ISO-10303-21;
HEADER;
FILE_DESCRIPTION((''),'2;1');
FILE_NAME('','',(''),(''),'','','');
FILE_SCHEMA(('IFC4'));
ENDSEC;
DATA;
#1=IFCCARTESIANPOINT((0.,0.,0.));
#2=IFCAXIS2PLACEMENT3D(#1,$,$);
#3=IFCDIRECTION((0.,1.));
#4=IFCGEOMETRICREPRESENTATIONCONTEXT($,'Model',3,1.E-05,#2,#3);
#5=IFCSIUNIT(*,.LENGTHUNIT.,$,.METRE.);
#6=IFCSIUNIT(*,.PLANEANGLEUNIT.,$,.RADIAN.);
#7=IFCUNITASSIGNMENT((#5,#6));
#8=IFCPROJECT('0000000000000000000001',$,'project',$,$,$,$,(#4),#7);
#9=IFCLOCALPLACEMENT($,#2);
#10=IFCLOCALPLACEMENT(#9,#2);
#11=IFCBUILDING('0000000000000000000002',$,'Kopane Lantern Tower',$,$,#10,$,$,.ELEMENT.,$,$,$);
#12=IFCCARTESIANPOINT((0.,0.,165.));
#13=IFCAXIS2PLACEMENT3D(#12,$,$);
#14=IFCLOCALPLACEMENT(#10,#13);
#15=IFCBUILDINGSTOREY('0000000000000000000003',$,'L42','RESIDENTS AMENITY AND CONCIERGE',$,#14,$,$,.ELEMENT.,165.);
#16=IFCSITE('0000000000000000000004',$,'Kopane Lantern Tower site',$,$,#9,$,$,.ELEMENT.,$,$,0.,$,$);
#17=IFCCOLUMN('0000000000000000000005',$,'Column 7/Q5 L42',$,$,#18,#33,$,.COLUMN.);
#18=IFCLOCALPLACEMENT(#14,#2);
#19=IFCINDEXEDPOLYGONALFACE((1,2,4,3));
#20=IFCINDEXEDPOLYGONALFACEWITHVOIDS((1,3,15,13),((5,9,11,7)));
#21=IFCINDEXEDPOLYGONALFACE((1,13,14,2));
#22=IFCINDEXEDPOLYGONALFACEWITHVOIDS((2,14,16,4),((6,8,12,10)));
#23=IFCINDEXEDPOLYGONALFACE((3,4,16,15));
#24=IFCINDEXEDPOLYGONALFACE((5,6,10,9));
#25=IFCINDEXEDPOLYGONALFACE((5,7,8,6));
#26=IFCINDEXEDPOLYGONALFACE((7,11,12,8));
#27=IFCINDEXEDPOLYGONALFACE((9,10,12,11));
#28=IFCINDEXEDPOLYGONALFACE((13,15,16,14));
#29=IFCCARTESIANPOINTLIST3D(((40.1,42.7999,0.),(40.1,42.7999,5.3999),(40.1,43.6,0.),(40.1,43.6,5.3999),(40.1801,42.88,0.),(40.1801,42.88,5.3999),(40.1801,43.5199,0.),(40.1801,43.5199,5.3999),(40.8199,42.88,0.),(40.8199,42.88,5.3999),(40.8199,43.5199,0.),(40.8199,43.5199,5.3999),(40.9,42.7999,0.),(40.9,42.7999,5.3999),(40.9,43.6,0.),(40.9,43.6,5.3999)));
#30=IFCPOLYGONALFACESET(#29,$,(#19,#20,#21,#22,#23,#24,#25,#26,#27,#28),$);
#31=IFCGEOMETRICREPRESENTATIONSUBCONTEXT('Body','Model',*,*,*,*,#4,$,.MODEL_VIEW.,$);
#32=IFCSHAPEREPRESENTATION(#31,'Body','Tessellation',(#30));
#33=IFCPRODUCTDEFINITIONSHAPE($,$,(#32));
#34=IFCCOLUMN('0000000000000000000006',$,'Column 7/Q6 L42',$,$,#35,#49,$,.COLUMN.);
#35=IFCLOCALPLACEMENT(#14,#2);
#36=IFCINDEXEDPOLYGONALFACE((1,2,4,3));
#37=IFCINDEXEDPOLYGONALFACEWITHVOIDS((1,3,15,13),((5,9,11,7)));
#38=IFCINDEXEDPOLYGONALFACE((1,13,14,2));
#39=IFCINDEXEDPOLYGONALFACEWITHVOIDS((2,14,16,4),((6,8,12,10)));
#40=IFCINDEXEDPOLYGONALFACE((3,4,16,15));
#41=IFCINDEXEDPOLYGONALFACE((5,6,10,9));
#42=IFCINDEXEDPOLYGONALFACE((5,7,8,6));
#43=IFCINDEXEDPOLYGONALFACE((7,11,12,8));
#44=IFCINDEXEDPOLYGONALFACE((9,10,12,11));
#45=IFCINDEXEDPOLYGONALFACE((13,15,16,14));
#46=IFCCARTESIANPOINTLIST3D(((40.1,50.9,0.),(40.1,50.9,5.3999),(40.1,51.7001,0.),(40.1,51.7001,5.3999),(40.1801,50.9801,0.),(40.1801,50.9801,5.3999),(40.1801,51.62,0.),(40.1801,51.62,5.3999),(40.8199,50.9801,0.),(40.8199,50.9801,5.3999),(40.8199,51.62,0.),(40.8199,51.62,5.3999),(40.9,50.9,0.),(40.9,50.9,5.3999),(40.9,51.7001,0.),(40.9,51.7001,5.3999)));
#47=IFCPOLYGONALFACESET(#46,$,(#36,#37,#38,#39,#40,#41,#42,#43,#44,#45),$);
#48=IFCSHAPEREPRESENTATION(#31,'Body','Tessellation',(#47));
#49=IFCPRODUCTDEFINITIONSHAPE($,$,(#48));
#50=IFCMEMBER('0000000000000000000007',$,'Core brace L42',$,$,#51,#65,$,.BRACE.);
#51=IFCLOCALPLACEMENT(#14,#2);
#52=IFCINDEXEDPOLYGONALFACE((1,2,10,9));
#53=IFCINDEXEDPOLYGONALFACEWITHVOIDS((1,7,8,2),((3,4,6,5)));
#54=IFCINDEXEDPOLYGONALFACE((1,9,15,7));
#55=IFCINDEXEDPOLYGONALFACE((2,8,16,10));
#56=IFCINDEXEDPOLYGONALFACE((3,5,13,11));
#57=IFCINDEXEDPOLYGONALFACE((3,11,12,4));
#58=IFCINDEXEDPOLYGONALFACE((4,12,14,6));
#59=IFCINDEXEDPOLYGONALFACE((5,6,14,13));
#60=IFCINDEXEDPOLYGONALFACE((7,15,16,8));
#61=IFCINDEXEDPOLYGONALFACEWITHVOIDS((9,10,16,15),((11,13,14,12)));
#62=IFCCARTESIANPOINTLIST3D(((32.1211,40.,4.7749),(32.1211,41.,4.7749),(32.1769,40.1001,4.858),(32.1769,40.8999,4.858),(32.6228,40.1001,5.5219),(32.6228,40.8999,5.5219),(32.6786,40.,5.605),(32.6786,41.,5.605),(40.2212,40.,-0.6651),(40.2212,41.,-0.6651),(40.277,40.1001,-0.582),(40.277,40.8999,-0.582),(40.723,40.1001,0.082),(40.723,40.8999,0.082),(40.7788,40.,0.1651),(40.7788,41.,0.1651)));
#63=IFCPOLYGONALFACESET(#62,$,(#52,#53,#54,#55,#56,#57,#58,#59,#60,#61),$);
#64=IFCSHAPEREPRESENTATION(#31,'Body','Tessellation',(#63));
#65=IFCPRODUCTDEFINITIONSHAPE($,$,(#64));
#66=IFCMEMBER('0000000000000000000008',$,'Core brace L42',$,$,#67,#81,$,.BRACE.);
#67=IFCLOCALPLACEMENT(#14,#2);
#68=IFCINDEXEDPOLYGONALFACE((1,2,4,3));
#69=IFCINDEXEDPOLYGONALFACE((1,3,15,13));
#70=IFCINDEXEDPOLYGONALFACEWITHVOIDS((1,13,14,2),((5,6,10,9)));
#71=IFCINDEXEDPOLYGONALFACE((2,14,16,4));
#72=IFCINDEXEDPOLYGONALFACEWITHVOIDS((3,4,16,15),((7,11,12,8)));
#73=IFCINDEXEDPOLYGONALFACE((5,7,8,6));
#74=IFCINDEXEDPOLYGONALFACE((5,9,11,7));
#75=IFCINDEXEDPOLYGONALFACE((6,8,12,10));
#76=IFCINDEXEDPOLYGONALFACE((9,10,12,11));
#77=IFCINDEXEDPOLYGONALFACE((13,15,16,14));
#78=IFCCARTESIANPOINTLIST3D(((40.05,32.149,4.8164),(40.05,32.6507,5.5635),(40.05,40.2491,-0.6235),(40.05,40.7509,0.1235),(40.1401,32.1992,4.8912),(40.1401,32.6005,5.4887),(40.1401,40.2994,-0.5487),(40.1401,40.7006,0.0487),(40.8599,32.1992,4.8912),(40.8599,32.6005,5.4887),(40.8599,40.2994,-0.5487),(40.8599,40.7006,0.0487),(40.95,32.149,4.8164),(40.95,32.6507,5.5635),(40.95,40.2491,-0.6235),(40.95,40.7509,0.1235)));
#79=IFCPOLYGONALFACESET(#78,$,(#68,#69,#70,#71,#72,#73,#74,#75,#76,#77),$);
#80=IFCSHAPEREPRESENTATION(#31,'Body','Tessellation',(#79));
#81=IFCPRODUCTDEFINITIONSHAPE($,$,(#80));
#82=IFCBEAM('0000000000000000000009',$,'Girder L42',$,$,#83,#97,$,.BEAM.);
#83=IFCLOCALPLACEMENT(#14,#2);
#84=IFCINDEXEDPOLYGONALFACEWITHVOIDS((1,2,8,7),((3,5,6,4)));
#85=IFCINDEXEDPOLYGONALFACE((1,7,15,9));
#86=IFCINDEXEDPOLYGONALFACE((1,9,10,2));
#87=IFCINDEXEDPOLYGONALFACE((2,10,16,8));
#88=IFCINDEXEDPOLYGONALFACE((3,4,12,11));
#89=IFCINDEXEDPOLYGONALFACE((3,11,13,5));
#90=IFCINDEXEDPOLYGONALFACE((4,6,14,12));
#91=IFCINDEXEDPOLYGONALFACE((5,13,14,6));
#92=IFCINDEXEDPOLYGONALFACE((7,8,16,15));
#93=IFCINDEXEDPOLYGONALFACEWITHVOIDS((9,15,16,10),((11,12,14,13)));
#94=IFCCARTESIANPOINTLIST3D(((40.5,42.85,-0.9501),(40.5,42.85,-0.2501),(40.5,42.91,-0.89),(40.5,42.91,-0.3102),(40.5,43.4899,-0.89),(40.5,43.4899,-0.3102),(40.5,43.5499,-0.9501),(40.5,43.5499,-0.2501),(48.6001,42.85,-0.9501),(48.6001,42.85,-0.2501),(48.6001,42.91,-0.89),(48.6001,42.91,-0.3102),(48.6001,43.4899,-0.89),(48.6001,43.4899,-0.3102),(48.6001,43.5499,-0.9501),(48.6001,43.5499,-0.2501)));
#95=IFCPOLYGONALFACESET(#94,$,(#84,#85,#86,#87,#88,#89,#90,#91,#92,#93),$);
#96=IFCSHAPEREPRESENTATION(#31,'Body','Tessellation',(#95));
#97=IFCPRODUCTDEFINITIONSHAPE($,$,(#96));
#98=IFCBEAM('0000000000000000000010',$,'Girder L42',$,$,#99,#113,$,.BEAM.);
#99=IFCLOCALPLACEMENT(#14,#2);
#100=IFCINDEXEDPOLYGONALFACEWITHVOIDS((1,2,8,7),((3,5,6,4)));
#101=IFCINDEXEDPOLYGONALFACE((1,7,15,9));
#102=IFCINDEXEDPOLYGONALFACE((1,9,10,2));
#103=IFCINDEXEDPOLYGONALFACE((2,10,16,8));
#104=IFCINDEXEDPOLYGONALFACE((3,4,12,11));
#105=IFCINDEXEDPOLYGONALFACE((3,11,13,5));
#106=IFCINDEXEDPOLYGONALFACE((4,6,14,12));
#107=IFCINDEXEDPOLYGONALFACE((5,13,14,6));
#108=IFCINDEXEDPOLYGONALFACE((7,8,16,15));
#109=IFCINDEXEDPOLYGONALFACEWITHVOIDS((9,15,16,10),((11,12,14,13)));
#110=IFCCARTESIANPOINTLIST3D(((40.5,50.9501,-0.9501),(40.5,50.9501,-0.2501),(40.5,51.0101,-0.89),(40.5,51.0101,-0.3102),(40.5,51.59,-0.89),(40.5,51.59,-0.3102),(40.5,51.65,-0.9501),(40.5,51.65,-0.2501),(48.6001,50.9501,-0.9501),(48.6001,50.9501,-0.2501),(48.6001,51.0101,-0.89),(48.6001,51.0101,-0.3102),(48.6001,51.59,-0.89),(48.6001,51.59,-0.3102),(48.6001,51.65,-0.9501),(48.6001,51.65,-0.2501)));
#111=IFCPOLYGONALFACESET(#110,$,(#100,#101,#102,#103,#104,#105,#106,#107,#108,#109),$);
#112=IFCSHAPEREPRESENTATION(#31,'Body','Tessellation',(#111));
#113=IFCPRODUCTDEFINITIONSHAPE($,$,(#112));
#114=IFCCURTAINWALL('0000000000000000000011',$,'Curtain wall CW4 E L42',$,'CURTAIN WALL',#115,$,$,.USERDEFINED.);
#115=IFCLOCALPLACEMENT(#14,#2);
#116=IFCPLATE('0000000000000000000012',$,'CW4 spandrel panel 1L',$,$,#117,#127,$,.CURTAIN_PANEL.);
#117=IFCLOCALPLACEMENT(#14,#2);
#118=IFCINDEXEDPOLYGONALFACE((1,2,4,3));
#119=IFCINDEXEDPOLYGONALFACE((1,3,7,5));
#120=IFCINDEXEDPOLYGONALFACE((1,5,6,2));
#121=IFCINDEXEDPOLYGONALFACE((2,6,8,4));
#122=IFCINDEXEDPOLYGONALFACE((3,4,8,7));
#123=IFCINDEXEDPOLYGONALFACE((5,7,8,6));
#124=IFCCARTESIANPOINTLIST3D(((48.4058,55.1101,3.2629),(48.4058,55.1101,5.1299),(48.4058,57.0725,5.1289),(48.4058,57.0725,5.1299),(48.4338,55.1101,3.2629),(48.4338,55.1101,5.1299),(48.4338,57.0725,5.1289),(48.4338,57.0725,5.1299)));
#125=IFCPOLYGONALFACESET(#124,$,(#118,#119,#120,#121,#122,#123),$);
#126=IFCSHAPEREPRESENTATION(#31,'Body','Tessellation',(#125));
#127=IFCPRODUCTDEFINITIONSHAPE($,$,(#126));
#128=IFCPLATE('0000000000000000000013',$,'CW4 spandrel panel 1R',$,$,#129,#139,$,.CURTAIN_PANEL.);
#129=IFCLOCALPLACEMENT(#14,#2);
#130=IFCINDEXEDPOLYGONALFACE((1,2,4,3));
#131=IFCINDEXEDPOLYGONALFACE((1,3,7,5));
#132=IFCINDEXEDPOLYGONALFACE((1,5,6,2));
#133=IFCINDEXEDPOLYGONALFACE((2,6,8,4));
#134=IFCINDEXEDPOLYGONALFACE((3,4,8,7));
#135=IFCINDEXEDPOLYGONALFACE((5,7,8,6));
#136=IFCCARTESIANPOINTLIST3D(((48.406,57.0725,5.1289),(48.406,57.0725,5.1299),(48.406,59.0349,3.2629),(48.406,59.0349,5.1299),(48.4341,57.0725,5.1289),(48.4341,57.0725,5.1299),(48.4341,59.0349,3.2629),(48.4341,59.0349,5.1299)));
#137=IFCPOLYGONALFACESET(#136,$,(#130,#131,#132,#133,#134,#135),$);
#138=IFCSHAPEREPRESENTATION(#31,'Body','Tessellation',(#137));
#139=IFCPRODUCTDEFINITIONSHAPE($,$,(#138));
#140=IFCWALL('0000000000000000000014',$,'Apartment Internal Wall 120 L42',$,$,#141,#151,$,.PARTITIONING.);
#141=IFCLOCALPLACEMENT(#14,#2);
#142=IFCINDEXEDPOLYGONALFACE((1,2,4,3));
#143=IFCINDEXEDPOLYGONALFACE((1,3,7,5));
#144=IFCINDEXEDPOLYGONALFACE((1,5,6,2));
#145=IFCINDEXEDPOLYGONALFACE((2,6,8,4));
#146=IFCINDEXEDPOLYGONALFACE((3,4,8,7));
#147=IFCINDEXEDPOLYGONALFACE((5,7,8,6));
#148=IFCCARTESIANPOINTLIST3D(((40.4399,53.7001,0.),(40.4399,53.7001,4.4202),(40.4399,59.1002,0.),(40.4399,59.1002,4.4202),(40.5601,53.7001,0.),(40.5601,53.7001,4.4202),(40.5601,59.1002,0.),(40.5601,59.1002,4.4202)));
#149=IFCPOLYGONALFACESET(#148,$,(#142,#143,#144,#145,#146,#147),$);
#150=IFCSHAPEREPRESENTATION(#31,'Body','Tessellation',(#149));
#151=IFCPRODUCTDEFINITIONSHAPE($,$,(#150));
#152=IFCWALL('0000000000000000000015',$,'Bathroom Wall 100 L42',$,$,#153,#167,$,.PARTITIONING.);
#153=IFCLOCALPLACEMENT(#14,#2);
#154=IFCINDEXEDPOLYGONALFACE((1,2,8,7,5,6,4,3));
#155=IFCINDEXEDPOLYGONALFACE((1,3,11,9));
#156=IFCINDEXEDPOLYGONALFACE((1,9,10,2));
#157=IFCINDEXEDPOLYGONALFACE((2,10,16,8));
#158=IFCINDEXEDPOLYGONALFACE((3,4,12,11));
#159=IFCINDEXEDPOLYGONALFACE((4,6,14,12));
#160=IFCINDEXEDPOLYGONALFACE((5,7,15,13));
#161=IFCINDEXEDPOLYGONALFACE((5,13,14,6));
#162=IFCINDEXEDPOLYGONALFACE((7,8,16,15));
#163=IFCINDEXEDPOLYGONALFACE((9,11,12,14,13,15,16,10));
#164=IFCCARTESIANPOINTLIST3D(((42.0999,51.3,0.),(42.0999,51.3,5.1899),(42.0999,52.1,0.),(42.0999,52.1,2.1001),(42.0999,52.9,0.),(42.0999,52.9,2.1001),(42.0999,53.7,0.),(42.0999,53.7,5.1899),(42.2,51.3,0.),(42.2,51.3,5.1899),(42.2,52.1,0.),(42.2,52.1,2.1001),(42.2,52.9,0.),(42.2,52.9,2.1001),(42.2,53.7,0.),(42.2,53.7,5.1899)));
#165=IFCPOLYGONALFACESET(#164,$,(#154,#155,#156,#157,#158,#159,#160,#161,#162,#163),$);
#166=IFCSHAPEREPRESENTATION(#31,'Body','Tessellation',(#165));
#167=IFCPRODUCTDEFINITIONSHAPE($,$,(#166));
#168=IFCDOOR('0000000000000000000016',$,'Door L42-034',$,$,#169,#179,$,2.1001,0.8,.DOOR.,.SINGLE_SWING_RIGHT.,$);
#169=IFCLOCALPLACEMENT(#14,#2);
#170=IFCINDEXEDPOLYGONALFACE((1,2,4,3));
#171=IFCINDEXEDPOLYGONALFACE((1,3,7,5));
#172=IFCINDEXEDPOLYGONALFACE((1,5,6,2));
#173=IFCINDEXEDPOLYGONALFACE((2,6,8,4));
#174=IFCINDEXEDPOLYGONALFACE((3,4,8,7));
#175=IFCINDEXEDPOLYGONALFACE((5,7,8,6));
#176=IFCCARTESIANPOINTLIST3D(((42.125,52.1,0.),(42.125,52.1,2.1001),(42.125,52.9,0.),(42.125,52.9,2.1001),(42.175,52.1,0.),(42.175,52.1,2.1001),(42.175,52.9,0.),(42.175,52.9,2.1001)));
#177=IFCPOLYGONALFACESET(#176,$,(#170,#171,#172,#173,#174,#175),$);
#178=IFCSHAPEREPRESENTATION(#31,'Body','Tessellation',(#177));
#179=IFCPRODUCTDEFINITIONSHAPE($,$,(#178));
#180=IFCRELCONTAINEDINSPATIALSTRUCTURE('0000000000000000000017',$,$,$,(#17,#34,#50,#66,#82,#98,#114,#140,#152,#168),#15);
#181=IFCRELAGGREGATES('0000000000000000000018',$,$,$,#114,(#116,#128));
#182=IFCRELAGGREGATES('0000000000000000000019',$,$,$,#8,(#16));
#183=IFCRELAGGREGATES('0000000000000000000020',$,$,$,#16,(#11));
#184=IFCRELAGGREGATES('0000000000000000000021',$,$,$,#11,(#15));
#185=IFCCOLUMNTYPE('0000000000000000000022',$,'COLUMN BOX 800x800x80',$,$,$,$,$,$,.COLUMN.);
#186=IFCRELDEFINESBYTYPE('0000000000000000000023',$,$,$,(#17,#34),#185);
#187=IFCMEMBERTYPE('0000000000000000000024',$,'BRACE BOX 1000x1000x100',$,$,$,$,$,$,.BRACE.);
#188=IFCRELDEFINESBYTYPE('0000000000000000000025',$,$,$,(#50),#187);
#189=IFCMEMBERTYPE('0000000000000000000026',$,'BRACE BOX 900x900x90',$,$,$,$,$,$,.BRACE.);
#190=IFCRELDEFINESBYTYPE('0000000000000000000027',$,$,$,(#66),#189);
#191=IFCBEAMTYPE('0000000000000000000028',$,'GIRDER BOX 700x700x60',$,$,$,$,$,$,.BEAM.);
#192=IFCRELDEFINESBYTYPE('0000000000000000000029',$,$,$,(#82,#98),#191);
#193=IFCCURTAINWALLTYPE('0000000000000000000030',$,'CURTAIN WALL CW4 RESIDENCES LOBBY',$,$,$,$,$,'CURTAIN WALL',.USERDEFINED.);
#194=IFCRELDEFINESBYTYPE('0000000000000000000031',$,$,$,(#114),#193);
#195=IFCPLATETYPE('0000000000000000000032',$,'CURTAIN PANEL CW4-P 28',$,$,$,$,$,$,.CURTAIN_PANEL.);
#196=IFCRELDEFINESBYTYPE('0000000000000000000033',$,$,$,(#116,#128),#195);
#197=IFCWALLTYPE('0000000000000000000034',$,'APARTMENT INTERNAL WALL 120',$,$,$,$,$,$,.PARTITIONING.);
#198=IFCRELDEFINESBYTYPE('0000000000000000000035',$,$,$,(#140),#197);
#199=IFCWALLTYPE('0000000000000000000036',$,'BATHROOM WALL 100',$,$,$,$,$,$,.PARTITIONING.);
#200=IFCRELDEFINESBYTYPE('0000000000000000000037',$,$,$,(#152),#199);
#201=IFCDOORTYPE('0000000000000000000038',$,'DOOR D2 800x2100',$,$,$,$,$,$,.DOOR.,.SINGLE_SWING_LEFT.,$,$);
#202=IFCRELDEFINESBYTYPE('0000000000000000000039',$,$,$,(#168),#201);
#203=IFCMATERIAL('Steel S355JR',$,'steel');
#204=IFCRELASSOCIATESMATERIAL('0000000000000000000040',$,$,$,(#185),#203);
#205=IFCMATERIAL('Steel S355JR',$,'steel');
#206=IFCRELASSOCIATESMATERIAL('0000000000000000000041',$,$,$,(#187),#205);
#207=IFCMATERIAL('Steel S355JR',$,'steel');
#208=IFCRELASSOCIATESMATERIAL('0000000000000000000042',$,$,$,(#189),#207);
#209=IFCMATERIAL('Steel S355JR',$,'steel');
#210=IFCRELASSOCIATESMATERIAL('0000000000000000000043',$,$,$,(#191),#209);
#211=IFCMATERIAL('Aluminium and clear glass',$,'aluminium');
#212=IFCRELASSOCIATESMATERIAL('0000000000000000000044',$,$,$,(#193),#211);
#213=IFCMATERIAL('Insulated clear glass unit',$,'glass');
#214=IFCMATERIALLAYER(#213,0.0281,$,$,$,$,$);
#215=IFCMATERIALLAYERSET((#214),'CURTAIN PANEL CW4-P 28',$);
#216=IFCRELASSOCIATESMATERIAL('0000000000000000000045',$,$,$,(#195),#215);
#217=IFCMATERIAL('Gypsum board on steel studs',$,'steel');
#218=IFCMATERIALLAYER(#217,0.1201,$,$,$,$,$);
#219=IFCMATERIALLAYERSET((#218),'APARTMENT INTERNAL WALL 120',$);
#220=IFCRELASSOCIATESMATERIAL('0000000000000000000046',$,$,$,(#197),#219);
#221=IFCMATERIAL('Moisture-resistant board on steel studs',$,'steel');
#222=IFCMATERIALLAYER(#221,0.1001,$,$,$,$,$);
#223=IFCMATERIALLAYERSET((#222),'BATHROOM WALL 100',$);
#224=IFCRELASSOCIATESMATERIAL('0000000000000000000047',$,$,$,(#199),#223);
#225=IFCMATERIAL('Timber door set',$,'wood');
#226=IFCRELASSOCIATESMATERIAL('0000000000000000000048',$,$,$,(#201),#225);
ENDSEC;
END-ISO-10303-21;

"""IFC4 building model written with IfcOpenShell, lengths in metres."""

from ifc_helpers import new_model, si_unit, direction, frame, frame_2d, origin, origin_2d, place, context, subcontext, project, spatial, polyline, rectangle, hollow_rectangle, outline, extrude, material, layer, layer_set, material_profile, profile_set, type_object, element, fill, aggregate, save


model = new_model("IFC4")

# Units and contexts
model_context = context("Model", 3, precision=1e-05, world=origin(), true_north=direction((0.0, 1.0)))
body_context = subcontext(model_context, "Body", "Model", "MODEL_VIEW")
ifc_project = project(units=[si_unit("LENGTHUNIT", "METRE"), si_unit("PLANEANGLEUNIT", "RADIAN")], contexts=[model_context])

# Site, building, storey
site_placement = place(None, origin())
site = spatial("IfcSite", under=ifc_project, at=site_placement, Name="Kopane Lantern Tower site", CompositionType="ELEMENT", RefElevation=0.0)
building_placement = place(site_placement, origin())
building = spatial("IfcBuilding", under=site, at=building_placement, Name="Kopane Lantern Tower", CompositionType="ELEMENT")
storey_placement = place(building_placement, frame((0.0, 0.0, 165.0)))
storey = spatial("IfcBuildingStorey", under=building, at=storey_placement, Name="L42", Description="RESIDENTS AMENITY AND CONCIERGE", CompositionType="ELEMENT", Elevation=165.0)

# Columns
ifc_material_1 = material(Name="Steel S355JR", Category="steel")
ifc_material_profile_1 = material_profile(ifc_material_1, hollow_rectangle(XDim=0.8, YDim=0.8, WallThickness=0.0801, at=origin_2d()), Name="BOX 800x800x80")
ifc_profile_set_1 = profile_set([ifc_material_profile_1], Name="Steel S355JR")
column_type = type_object("IfcColumnType", Name="COLUMN BOX 800x800x80", PredefinedType="COLUMN", material=ifc_profile_set_1)
for number, where, z_axis, x_axis, name in (
    (1, (40.5, 43.2, 0.0), (0.0, 0.0, 1.0), (1.0, 0.0, 0.0), "Column 7/Q5 L42"),
    (2, (40.5, 51.3, 0.0), (0.0, 0.0, 1.0), (1.0, 0.0, 0.0), "Column 7/Q6 L42"),
):
    element("IfcColumn", number, at=place(storey_placement, frame(where, z_axis=z_axis, x_axis=x_axis)), inside=storey, type_object=column_type, Name=name, PredefinedType="COLUMN", context=body_context, shape_type="SweptSolid", body=[
        extrude(hollow_rectangle(XDim=0.8, YDim=0.8, WallThickness=0.0801, at=origin_2d()), origin(), (0.0, 0.0, 1.0), 5.3999),
    ])

# Members
ifc_material_2 = material(Name="Steel S355JR", Category="steel")
ifc_material_profile_2 = material_profile(ifc_material_2, hollow_rectangle(XDim=1.0, YDim=1.0, WallThickness=0.1001, at=origin_2d()), Name="BOX 1000x1000x100")
ifc_profile_set_2 = profile_set([ifc_material_profile_2], Name="Steel S355JR")
member_type_1 = type_object("IfcMemberType", Name="BRACE BOX 1000x1000x100", PredefinedType="BRACE", material=ifc_profile_set_2)
member_1_placement = place(storey_placement, frame((40.5, 40.5, -0.25), z_axis=(-0.830159, 0.0, 0.557526), x_axis=(0.0, -1.0, 0.0)))
element("IfcMember", 3, at=member_1_placement, inside=storey, type_object=member_type_1, Name="Core brace L42", PredefinedType="BRACE", context=body_context, shape_type="SweptSolid", body=[
    extrude(hollow_rectangle(XDim=1.0, YDim=1.0, WallThickness=0.1001, at=origin_2d()), origin(), (0.0, 0.0, 1.0), 9.7573),
])
ifc_material_3 = material(Name="Steel S355JR", Category="steel")
ifc_material_profile_3 = material_profile(ifc_material_3, hollow_rectangle(XDim=0.8999, YDim=0.8999, WallThickness=0.0901, at=origin_2d()), Name="BOX 900x900x90")
ifc_profile_set_3 = profile_set([ifc_material_profile_3], Name="Steel S355JR")
member_type_2 = type_object("IfcMemberType", Name="BRACE BOX 900x900x90", PredefinedType="BRACE", material=ifc_profile_set_3)
member_2_placement = place(storey_placement, frame((40.5, 40.5, -0.25), z_axis=(0.0, -0.830159, 0.557526), x_axis=(1.0, 0.0, 0.0)))
element("IfcMember", 4, at=member_2_placement, inside=storey, type_object=member_type_2, Name="Core brace L42", PredefinedType="BRACE", context=body_context, shape_type="SweptSolid", body=[
    extrude(hollow_rectangle(XDim=0.8999, YDim=0.8999, WallThickness=0.0901, at=origin_2d()), origin(), (0.0, 0.0, 1.0), 9.7573),
])

# Beams
ifc_material_4 = material(Name="Steel S355JR", Category="steel")
ifc_material_profile_4 = material_profile(ifc_material_4, hollow_rectangle(XDim=0.7, YDim=0.7, WallThickness=0.0601, at=origin_2d()), Name="BOX 700x700x60")
ifc_profile_set_4 = profile_set([ifc_material_profile_4], Name="Steel S355JR")
beam_type = type_object("IfcBeamType", Name="GIRDER BOX 700x700x60", PredefinedType="BEAM", material=ifc_profile_set_4)
for number, where, z_axis, x_axis, name in (
    (5, (40.5, 43.2, -0.6001), (1.0, 0.0, 0.0), (0.0, 1.0, 0.0), "Girder L42"),
    (6, (40.5, 51.3, -0.6001), (1.0, 0.0, 0.0), (0.0, 1.0, 0.0), "Girder L42"),
):
    element("IfcBeam", number, at=place(storey_placement, frame(where, z_axis=z_axis, x_axis=x_axis)), inside=storey, type_object=beam_type, Name=name, PredefinedType="BEAM", context=body_context, shape_type="SweptSolid", body=[
        extrude(hollow_rectangle(XDim=0.7, YDim=0.7, WallThickness=0.0601, at=origin_2d()), origin(), (0.0, 0.0, 1.0), 8.1001),
    ])

# Curtain wall, plates
ifc_material_5 = material(Name="Aluminium and clear glass", Category="aluminium")
curtain_wall_type = type_object("IfcCurtainWallType", Name="CURTAIN WALL CW4 RESIDENCES LOBBY", ElementType="CURTAIN WALL", PredefinedType="USERDEFINED", material=ifc_material_5)
curtain_wall_placement = place(storey_placement, origin())
curtain_wall = element("IfcCurtainWall", 7, at=curtain_wall_placement, inside=storey, type_object=curtain_wall_type, Name="Curtain wall CW4 E L42", ObjectType="CURTAIN WALL", PredefinedType="USERDEFINED")
ifc_material_6 = material(Name="Insulated clear glass unit", Category="glass")
ifc_layer_1 = layer(ifc_material_6, 0.0281)
ifc_layer_set_1 = layer_set([ifc_layer_1], Name="CURTAIN PANEL CW4-P 28")
plate_type = type_object("IfcPlateType", Name="CURTAIN PANEL CW4-P 28", PredefinedType="CURTAIN_PANEL", material=ifc_layer_set_1)
plate_1_placement = place(storey_placement, frame((48.4199, 55.1101, 5.1299), z_axis=(0.0, 0.0, 1.0), x_axis=(0.0, 1.0, 0.0)))
plate_1 = element("IfcPlate", 8, at=plate_1_placement, type_object=plate_type, Name="CW4 spandrel panel 1L", PredefinedType="CURTAIN_PANEL", context=body_context, shape_type="SweptSolid", body=[
    extrude(outline(polyline([(0.0, 0.0), (1.9624, 0.0), (1.9624, -0.001), (0.0, -1.8669), (0.0, 0.0)])), frame((0.0, 0.0142, 0.0), z_axis=(0.0, -1.0, 0.0), x_axis=(1.0, 0.0, 0.0)), (0.0, 0.0, 1.0), 0.0281),
])
plate_2_placement = place(storey_placement, frame((48.4199, 59.0349, 5.1299), z_axis=(0.0, 0.0, 1.0), x_axis=(0.0, -1.0, 0.0)))
plate_2 = element("IfcPlate", 9, at=plate_2_placement, type_object=plate_type, Name="CW4 spandrel panel 1R", PredefinedType="CURTAIN_PANEL", context=body_context, shape_type="SweptSolid", body=[
    extrude(outline(polyline([(0.0, 0.0), (1.9624, 0.0), (1.9624, -0.001), (0.0, -1.8669), (0.0, 0.0)])), frame((0.0, 0.0142, 0.0), z_axis=(0.0, -1.0, 0.0), x_axis=(1.0, 0.0, 0.0)), (0.0, 0.0, 1.0), 0.0281),
])
aggregate(curtain_wall, [plate_1, plate_2])

# Wall
ifc_material_7 = material(Name="Gypsum board on steel studs", Category="steel")
ifc_layer_2 = layer(ifc_material_7, 0.1201)
ifc_layer_set_2 = layer_set([ifc_layer_2], Name="APARTMENT INTERNAL WALL 120")
wall_type_1 = type_object("IfcWallType", Name="APARTMENT INTERNAL WALL 120", PredefinedType="PARTITIONING", material=ifc_layer_set_2)
wall_1_placement = place(storey_placement, frame((40.5, 53.7, 0.0), z_axis=(0.0, 0.0, 1.0), x_axis=(0.0, 1.0, 0.0)))
element("IfcWall", 10, at=wall_1_placement, inside=storey, type_object=wall_type_1, Name="Apartment Internal Wall 120 L42", PredefinedType="PARTITIONING", context=body_context, shape_type="SweptSolid", body=[
    extrude(rectangle(XDim=5.4001, YDim=0.1201, at=frame_2d((2.7002, 0.0))), origin(), (0.0, 0.0, 1.0), 4.4202),
])

# Wall, opening, door
ifc_material_8 = material(Name="Moisture-resistant board on steel studs", Category="steel")
ifc_layer_3 = layer(ifc_material_8, 0.1001)
ifc_layer_set_3 = layer_set([ifc_layer_3], Name="BATHROOM WALL 100")
wall_type_2 = type_object("IfcWallType", Name="BATHROOM WALL 100", PredefinedType="PARTITIONING", material=ifc_layer_set_3)
wall_2_placement = place(storey_placement, frame((42.1499, 51.3, 0.0), z_axis=(0.0, 0.0, 1.0), x_axis=(0.0, 1.0, 0.0)))
wall_2 = element("IfcWall", 11, at=wall_2_placement, inside=storey, type_object=wall_type_2, Name="Bathroom Wall 100 L42", PredefinedType="PARTITIONING", context=body_context, shape_type="SweptSolid", body=[
    extrude(rectangle(XDim=2.3999, YDim=0.1001, at=frame_2d((1.2, 0.0))), origin(), (0.0, 0.0, 1.0), 5.1899),
])
opening_1_placement = place(wall_2_placement, frame((0.8, 0.0, 0.0)))
opening_1 = element("IfcOpeningElement", 12, at=opening_1_placement, cuts=wall_2, PredefinedType="OPENING", context=body_context, shape_type="SweptSolid", body=[
    extrude(rectangle(XDim=0.8, YDim=2.1001, at=frame_2d((0.3999, 1.05))), frame((0.0, 0.0601, 0.0), z_axis=(0.0, -1.0, 0.0), x_axis=(1.0, 0.0, 0.0)), (0.0, 0.0, 1.0), 0.1201),
])
ifc_material_9 = material(Name="Timber door set", Category="wood")
door_type_1 = type_object("IfcDoorType", Name="DOOR D2 800x2100", OperationType="SINGLE_SWING_LEFT", PredefinedType="DOOR", material=ifc_material_9)
door_1_placement = place(opening_1_placement, origin())
door_1 = element("IfcDoor", 13, at=door_1_placement, inside=storey, type_object=door_type_1, Name="Door L42-034", OperationType="SINGLE_SWING_RIGHT", OverallHeight=2.1001, OverallWidth=0.8, PredefinedType="DOOR", context=body_context, shape_type="SweptSolid", body=[
    extrude(rectangle(XDim=0.8, YDim=2.1001, at=frame_2d((0.3999, 1.05))), frame((0.0, 0.0249, 0.0), z_axis=(0.0, -1.0, 0.0), x_axis=(1.0, 0.0, 0.0)), (0.0, 0.0, 1.0), 0.05),
])
fill(opening_1, door_1)

save(model, "model.ifc")
